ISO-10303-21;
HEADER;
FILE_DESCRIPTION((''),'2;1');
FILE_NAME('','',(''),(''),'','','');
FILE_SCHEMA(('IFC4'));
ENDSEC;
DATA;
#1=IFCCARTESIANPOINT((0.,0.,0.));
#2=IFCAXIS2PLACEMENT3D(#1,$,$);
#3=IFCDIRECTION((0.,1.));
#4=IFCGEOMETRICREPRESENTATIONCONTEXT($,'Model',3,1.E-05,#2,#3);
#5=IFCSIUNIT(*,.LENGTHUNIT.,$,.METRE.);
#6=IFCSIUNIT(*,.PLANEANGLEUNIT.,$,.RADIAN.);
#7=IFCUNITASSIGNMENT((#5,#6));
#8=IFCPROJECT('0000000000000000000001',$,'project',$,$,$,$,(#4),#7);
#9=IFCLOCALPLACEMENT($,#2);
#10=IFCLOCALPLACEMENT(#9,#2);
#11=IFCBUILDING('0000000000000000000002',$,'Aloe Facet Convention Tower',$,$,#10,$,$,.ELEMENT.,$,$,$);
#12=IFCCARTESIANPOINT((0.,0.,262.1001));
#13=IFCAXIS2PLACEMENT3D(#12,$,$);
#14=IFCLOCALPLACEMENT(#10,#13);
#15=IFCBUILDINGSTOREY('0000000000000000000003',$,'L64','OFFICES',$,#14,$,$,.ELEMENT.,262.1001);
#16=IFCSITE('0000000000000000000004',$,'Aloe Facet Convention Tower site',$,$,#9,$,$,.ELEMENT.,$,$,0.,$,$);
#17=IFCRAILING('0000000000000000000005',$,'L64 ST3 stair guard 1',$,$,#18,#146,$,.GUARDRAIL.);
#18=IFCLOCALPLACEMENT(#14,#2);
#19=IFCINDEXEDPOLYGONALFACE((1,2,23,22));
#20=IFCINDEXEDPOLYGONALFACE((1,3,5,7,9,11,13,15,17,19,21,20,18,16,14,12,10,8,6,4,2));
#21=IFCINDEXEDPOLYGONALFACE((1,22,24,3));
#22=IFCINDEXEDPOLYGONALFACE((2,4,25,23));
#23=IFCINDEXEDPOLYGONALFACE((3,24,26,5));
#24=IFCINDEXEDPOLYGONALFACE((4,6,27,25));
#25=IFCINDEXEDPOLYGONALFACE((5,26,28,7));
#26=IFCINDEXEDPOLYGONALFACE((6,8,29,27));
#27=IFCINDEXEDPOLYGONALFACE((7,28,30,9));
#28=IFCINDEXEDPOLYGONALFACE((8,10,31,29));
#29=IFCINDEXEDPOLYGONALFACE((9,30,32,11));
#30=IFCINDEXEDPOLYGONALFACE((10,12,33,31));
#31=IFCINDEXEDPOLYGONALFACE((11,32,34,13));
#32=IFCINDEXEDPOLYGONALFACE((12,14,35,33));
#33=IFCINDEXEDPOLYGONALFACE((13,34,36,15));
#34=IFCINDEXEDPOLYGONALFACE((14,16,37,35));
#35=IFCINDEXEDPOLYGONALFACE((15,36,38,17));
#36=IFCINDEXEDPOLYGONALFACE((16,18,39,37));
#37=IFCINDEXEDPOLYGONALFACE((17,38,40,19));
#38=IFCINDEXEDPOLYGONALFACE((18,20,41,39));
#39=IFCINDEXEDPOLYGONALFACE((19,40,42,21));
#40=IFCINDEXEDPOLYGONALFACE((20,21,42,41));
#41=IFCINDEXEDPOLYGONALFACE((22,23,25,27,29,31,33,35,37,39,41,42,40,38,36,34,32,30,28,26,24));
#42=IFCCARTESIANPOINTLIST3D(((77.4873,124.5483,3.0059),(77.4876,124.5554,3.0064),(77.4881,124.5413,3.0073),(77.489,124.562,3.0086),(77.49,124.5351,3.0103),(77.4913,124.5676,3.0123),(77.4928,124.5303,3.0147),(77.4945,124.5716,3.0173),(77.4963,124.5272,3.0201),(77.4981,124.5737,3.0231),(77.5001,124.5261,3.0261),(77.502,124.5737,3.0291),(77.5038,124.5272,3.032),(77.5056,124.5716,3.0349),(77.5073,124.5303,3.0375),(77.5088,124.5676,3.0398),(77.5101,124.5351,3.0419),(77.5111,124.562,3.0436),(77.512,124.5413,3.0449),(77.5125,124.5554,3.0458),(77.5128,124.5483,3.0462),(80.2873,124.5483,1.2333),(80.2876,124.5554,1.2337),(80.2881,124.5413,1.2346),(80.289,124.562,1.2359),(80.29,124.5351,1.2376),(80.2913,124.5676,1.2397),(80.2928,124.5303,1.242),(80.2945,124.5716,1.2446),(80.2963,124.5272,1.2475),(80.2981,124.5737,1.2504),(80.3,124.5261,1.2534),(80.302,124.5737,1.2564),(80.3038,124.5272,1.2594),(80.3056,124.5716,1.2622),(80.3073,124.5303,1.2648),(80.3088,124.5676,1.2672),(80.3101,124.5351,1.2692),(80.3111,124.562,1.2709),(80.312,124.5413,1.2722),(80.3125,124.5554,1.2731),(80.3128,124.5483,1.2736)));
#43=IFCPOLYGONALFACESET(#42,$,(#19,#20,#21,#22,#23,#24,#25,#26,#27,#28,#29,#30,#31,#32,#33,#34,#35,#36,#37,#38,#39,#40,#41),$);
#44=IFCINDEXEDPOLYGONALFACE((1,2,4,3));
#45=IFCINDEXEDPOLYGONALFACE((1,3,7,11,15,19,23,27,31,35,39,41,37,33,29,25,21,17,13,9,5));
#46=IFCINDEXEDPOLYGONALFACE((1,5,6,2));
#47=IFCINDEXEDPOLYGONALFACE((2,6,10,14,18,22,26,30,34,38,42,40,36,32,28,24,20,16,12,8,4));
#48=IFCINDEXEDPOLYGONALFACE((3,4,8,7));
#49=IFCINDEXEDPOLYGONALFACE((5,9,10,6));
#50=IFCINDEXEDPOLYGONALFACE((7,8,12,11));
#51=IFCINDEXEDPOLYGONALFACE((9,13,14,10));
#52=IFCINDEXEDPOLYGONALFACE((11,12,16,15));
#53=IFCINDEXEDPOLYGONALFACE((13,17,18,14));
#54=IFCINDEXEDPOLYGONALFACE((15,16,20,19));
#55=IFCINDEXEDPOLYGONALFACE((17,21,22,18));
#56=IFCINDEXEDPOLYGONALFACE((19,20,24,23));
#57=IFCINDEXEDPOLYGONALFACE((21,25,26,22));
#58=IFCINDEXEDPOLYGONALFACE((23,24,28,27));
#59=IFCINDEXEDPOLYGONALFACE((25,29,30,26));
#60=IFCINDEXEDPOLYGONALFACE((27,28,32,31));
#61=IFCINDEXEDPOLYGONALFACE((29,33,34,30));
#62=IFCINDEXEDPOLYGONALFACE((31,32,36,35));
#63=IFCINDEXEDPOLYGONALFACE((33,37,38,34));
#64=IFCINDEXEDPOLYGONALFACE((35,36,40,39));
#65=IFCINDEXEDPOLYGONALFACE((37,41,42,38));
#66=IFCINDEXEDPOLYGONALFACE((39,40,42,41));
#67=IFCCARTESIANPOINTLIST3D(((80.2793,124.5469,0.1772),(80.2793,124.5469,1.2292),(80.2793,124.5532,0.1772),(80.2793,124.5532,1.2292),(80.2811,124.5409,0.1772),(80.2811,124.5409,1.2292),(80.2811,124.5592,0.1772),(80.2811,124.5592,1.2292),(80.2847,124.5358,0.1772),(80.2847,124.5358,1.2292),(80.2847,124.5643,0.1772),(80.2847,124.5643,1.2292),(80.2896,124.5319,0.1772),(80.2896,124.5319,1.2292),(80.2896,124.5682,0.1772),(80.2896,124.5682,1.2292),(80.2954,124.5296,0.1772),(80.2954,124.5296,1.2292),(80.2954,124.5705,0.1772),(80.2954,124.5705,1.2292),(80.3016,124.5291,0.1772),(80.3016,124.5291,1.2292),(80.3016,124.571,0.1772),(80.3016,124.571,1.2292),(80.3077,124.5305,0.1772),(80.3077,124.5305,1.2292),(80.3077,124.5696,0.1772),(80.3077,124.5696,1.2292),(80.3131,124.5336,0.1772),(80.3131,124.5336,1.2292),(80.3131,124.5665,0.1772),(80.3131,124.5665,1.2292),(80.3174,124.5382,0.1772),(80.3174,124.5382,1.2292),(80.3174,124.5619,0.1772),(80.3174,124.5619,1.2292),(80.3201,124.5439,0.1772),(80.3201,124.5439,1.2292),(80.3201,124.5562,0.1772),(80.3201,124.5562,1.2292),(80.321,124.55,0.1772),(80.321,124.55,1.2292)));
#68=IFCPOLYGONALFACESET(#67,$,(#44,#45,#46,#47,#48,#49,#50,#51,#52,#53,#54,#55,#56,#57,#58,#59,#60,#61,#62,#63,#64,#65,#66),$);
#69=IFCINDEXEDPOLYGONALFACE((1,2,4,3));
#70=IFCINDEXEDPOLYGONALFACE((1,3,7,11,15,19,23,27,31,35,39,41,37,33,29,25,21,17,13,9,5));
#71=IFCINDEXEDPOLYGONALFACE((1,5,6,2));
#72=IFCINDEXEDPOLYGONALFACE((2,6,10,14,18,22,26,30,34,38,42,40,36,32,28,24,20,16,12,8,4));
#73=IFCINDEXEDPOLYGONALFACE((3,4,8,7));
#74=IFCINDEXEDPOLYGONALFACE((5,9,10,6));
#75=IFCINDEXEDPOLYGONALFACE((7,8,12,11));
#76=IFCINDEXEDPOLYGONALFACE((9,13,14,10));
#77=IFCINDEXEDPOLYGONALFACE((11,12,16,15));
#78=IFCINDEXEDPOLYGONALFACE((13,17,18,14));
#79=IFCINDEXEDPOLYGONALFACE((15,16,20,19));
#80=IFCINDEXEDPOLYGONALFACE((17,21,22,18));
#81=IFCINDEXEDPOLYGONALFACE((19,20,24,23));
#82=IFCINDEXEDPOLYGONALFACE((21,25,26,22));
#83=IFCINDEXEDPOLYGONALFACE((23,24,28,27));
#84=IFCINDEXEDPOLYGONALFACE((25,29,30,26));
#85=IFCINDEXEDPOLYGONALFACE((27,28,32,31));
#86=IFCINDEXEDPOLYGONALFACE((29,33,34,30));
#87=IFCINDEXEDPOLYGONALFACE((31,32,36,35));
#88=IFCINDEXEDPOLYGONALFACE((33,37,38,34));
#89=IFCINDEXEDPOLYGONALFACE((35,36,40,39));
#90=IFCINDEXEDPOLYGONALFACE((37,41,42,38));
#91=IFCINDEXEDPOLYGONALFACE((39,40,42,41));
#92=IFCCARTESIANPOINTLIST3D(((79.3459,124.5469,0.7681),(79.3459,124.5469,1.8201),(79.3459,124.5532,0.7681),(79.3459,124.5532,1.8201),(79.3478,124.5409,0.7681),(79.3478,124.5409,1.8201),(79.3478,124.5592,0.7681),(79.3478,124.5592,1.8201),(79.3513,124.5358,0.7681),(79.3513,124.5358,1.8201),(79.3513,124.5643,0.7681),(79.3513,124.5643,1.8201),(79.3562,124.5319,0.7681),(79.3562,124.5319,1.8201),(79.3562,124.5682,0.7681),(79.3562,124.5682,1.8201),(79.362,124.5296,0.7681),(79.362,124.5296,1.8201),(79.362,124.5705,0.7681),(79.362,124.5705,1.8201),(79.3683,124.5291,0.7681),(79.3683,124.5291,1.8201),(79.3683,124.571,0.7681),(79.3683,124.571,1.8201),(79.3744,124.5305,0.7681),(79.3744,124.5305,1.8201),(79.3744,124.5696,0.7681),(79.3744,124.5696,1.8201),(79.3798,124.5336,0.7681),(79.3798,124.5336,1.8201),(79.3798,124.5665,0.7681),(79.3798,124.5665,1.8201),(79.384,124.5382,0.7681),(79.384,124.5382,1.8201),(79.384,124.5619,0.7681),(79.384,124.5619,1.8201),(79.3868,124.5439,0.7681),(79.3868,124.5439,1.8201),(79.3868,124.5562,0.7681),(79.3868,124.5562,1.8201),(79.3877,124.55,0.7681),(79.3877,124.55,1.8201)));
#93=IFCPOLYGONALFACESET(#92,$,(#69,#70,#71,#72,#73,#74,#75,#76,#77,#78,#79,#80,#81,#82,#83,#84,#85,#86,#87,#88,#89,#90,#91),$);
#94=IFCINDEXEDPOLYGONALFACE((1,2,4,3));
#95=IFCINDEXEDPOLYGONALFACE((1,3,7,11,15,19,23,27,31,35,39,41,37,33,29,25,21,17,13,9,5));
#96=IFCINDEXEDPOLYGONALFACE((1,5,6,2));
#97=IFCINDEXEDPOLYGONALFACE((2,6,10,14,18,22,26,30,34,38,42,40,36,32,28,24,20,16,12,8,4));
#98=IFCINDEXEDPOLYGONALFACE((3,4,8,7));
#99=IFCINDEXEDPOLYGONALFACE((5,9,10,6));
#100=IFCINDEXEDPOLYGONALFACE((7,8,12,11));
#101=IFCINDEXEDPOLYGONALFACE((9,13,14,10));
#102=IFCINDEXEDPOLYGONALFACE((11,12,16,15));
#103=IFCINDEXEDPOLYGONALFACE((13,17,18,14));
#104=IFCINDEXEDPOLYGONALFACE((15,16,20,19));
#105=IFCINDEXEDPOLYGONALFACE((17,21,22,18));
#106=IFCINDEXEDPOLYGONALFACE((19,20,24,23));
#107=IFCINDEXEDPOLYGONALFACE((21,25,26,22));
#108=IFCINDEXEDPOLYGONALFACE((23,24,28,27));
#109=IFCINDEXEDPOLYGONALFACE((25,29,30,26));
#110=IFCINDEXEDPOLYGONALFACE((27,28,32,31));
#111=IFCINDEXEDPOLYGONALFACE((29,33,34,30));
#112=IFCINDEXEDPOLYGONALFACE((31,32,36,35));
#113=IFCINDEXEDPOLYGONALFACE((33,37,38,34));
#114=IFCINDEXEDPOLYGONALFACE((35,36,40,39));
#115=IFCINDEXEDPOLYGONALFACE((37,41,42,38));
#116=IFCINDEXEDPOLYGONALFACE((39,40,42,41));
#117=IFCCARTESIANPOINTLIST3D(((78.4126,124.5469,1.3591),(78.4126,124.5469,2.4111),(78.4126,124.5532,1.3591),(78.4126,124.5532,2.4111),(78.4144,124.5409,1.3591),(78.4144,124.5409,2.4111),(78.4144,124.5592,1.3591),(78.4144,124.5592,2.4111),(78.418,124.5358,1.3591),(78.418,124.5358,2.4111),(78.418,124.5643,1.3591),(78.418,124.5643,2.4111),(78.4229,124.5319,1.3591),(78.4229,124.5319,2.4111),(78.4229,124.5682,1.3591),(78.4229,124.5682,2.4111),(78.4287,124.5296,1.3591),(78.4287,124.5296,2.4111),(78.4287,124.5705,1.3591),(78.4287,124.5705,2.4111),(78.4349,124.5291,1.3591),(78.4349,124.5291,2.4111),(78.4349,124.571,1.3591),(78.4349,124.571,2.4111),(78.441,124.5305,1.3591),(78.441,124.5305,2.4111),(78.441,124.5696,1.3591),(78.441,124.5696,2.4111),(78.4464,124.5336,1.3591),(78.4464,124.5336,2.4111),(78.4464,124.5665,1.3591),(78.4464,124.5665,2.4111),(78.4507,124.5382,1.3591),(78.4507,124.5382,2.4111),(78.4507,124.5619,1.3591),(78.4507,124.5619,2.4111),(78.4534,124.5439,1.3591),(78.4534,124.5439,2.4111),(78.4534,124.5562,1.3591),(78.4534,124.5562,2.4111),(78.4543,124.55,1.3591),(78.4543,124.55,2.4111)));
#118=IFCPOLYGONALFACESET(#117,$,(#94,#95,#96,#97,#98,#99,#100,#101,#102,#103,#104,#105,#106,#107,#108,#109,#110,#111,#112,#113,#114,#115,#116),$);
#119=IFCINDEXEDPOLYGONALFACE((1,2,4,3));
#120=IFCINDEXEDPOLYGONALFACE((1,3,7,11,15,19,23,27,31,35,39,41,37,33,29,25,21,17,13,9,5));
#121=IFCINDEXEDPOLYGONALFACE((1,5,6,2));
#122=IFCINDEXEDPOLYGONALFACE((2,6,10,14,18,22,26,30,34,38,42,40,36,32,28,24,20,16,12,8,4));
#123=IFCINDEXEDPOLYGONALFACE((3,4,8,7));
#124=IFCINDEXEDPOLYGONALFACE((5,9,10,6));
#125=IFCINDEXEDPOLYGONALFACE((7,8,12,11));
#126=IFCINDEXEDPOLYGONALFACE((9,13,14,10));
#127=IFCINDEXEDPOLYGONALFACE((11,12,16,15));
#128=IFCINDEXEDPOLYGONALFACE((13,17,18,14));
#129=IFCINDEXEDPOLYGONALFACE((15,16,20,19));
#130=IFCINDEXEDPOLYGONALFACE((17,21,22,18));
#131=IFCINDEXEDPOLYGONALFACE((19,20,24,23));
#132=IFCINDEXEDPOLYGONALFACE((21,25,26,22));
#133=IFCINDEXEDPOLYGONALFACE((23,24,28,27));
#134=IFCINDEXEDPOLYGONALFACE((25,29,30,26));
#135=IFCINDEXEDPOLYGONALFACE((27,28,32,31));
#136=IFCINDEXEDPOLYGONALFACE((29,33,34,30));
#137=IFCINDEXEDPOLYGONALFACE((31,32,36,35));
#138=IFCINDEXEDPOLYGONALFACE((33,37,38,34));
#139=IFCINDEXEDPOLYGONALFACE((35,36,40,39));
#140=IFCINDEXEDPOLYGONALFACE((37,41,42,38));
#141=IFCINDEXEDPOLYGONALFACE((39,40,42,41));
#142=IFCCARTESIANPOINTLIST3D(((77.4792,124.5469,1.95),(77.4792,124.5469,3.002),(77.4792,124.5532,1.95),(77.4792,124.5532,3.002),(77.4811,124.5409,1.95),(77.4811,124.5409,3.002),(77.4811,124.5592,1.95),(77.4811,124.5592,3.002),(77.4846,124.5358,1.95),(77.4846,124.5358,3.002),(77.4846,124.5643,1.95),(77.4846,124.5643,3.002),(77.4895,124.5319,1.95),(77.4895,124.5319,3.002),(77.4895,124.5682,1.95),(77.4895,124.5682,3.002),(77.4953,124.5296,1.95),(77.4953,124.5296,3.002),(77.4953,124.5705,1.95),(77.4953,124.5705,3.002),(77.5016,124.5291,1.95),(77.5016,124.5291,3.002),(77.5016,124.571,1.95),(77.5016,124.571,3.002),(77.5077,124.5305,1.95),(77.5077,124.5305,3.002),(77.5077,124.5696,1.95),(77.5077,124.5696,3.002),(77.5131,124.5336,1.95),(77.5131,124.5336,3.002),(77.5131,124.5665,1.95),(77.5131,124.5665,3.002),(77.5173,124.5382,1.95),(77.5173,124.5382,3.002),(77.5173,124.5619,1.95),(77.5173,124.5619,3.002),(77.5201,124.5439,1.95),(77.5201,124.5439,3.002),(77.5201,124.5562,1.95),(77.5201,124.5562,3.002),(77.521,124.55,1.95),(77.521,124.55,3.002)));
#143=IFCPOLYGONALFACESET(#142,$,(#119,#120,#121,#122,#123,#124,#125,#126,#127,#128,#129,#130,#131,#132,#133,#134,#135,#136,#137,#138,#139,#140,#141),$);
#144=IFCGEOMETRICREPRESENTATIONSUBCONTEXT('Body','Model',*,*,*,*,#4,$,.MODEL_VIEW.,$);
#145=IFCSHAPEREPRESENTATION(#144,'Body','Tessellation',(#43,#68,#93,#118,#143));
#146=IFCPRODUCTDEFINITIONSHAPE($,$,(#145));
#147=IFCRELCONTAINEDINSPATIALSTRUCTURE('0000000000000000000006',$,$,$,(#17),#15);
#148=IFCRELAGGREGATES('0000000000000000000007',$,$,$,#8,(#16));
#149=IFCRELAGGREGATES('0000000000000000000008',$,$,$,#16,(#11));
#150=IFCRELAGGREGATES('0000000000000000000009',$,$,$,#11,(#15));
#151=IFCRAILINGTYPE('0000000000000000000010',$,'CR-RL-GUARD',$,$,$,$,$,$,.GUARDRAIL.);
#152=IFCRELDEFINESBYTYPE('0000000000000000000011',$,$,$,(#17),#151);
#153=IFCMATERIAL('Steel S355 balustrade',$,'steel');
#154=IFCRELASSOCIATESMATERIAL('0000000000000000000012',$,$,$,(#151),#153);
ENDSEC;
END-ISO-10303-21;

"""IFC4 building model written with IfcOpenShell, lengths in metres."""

from ifc_helpers import new_model, si_unit, direction, frame, origin, origin_2d, place, context, subcontext, project, spatial, circle, extrude, material, type_object, element, save


model = new_model("IFC4")

# Units and contexts
model_context = context("Model", 3, precision=1e-05, world=origin(), true_north=direction((0.0, 1.0)))
body_context = subcontext(model_context, "Body", "Model", "MODEL_VIEW")
ifc_project = project(units=[si_unit("LENGTHUNIT", "METRE"), si_unit("PLANEANGLEUNIT", "RADIAN")], contexts=[model_context])

# Site, building, storey
site_placement = place(None, origin())
site = spatial("IfcSite", under=ifc_project, at=site_placement, Name="Aloe Facet Convention Tower site", CompositionType="ELEMENT", RefElevation=0.0)
building_placement = place(site_placement, origin())
building = spatial("IfcBuilding", under=site, at=building_placement, Name="Aloe Facet Convention Tower", CompositionType="ELEMENT")
storey_placement = place(building_placement, frame((0.0, 0.0, 262.1001)))
storey = spatial("IfcBuildingStorey", under=building, at=storey_placement, Name="L64", Description="OFFICES", CompositionType="ELEMENT", Elevation=262.1001)

# Railing
ifc_material_1 = material(Name="Steel S355 balustrade", Category="steel")
railing_type_1 = type_object("IfcRailingType", Name="CR-RL-GUARD", PredefinedType="GUARDRAIL", material=ifc_material_1)
railing_1_placement = place(storey_placement, frame((80.3, 124.55, 0.1772)))
element("IfcRailing", 1, at=railing_1_placement, inside=storey, type_object=railing_type_1, Name="L64 ST3 stair guard 1", PredefinedType="GUARDRAIL", context=body_context, shape_type="SweptSolid", body=[
    extrude(circle(Radius=0.0239, at=origin_2d()), frame((0.0, 0.0, 1.0762), z_axis=(-0.844909, 0.0, 0.53491), x_axis=(0.0, -1.0, 0.0)), (0.0, 0.0, 1.0), 3.314),
    extrude(circle(Radius=0.021, at=origin_2d()), origin(), (0.0, 0.0, 1.0), 1.052),
    extrude(circle(Radius=0.021, at=origin_2d()), frame((-0.9333, 0.0, 0.5908)), (0.0, 0.0, 1.0), 1.052),
    extrude(circle(Radius=0.021, at=origin_2d()), frame((-1.8667, 0.0, 1.1819)), (0.0, 0.0, 1.0), 1.052),
    extrude(circle(Radius=0.021, at=origin_2d()), frame((-2.8, 0.0, 1.7727)), (0.0, 0.0, 1.0), 1.052),
])

save(model, "model.ifc")
